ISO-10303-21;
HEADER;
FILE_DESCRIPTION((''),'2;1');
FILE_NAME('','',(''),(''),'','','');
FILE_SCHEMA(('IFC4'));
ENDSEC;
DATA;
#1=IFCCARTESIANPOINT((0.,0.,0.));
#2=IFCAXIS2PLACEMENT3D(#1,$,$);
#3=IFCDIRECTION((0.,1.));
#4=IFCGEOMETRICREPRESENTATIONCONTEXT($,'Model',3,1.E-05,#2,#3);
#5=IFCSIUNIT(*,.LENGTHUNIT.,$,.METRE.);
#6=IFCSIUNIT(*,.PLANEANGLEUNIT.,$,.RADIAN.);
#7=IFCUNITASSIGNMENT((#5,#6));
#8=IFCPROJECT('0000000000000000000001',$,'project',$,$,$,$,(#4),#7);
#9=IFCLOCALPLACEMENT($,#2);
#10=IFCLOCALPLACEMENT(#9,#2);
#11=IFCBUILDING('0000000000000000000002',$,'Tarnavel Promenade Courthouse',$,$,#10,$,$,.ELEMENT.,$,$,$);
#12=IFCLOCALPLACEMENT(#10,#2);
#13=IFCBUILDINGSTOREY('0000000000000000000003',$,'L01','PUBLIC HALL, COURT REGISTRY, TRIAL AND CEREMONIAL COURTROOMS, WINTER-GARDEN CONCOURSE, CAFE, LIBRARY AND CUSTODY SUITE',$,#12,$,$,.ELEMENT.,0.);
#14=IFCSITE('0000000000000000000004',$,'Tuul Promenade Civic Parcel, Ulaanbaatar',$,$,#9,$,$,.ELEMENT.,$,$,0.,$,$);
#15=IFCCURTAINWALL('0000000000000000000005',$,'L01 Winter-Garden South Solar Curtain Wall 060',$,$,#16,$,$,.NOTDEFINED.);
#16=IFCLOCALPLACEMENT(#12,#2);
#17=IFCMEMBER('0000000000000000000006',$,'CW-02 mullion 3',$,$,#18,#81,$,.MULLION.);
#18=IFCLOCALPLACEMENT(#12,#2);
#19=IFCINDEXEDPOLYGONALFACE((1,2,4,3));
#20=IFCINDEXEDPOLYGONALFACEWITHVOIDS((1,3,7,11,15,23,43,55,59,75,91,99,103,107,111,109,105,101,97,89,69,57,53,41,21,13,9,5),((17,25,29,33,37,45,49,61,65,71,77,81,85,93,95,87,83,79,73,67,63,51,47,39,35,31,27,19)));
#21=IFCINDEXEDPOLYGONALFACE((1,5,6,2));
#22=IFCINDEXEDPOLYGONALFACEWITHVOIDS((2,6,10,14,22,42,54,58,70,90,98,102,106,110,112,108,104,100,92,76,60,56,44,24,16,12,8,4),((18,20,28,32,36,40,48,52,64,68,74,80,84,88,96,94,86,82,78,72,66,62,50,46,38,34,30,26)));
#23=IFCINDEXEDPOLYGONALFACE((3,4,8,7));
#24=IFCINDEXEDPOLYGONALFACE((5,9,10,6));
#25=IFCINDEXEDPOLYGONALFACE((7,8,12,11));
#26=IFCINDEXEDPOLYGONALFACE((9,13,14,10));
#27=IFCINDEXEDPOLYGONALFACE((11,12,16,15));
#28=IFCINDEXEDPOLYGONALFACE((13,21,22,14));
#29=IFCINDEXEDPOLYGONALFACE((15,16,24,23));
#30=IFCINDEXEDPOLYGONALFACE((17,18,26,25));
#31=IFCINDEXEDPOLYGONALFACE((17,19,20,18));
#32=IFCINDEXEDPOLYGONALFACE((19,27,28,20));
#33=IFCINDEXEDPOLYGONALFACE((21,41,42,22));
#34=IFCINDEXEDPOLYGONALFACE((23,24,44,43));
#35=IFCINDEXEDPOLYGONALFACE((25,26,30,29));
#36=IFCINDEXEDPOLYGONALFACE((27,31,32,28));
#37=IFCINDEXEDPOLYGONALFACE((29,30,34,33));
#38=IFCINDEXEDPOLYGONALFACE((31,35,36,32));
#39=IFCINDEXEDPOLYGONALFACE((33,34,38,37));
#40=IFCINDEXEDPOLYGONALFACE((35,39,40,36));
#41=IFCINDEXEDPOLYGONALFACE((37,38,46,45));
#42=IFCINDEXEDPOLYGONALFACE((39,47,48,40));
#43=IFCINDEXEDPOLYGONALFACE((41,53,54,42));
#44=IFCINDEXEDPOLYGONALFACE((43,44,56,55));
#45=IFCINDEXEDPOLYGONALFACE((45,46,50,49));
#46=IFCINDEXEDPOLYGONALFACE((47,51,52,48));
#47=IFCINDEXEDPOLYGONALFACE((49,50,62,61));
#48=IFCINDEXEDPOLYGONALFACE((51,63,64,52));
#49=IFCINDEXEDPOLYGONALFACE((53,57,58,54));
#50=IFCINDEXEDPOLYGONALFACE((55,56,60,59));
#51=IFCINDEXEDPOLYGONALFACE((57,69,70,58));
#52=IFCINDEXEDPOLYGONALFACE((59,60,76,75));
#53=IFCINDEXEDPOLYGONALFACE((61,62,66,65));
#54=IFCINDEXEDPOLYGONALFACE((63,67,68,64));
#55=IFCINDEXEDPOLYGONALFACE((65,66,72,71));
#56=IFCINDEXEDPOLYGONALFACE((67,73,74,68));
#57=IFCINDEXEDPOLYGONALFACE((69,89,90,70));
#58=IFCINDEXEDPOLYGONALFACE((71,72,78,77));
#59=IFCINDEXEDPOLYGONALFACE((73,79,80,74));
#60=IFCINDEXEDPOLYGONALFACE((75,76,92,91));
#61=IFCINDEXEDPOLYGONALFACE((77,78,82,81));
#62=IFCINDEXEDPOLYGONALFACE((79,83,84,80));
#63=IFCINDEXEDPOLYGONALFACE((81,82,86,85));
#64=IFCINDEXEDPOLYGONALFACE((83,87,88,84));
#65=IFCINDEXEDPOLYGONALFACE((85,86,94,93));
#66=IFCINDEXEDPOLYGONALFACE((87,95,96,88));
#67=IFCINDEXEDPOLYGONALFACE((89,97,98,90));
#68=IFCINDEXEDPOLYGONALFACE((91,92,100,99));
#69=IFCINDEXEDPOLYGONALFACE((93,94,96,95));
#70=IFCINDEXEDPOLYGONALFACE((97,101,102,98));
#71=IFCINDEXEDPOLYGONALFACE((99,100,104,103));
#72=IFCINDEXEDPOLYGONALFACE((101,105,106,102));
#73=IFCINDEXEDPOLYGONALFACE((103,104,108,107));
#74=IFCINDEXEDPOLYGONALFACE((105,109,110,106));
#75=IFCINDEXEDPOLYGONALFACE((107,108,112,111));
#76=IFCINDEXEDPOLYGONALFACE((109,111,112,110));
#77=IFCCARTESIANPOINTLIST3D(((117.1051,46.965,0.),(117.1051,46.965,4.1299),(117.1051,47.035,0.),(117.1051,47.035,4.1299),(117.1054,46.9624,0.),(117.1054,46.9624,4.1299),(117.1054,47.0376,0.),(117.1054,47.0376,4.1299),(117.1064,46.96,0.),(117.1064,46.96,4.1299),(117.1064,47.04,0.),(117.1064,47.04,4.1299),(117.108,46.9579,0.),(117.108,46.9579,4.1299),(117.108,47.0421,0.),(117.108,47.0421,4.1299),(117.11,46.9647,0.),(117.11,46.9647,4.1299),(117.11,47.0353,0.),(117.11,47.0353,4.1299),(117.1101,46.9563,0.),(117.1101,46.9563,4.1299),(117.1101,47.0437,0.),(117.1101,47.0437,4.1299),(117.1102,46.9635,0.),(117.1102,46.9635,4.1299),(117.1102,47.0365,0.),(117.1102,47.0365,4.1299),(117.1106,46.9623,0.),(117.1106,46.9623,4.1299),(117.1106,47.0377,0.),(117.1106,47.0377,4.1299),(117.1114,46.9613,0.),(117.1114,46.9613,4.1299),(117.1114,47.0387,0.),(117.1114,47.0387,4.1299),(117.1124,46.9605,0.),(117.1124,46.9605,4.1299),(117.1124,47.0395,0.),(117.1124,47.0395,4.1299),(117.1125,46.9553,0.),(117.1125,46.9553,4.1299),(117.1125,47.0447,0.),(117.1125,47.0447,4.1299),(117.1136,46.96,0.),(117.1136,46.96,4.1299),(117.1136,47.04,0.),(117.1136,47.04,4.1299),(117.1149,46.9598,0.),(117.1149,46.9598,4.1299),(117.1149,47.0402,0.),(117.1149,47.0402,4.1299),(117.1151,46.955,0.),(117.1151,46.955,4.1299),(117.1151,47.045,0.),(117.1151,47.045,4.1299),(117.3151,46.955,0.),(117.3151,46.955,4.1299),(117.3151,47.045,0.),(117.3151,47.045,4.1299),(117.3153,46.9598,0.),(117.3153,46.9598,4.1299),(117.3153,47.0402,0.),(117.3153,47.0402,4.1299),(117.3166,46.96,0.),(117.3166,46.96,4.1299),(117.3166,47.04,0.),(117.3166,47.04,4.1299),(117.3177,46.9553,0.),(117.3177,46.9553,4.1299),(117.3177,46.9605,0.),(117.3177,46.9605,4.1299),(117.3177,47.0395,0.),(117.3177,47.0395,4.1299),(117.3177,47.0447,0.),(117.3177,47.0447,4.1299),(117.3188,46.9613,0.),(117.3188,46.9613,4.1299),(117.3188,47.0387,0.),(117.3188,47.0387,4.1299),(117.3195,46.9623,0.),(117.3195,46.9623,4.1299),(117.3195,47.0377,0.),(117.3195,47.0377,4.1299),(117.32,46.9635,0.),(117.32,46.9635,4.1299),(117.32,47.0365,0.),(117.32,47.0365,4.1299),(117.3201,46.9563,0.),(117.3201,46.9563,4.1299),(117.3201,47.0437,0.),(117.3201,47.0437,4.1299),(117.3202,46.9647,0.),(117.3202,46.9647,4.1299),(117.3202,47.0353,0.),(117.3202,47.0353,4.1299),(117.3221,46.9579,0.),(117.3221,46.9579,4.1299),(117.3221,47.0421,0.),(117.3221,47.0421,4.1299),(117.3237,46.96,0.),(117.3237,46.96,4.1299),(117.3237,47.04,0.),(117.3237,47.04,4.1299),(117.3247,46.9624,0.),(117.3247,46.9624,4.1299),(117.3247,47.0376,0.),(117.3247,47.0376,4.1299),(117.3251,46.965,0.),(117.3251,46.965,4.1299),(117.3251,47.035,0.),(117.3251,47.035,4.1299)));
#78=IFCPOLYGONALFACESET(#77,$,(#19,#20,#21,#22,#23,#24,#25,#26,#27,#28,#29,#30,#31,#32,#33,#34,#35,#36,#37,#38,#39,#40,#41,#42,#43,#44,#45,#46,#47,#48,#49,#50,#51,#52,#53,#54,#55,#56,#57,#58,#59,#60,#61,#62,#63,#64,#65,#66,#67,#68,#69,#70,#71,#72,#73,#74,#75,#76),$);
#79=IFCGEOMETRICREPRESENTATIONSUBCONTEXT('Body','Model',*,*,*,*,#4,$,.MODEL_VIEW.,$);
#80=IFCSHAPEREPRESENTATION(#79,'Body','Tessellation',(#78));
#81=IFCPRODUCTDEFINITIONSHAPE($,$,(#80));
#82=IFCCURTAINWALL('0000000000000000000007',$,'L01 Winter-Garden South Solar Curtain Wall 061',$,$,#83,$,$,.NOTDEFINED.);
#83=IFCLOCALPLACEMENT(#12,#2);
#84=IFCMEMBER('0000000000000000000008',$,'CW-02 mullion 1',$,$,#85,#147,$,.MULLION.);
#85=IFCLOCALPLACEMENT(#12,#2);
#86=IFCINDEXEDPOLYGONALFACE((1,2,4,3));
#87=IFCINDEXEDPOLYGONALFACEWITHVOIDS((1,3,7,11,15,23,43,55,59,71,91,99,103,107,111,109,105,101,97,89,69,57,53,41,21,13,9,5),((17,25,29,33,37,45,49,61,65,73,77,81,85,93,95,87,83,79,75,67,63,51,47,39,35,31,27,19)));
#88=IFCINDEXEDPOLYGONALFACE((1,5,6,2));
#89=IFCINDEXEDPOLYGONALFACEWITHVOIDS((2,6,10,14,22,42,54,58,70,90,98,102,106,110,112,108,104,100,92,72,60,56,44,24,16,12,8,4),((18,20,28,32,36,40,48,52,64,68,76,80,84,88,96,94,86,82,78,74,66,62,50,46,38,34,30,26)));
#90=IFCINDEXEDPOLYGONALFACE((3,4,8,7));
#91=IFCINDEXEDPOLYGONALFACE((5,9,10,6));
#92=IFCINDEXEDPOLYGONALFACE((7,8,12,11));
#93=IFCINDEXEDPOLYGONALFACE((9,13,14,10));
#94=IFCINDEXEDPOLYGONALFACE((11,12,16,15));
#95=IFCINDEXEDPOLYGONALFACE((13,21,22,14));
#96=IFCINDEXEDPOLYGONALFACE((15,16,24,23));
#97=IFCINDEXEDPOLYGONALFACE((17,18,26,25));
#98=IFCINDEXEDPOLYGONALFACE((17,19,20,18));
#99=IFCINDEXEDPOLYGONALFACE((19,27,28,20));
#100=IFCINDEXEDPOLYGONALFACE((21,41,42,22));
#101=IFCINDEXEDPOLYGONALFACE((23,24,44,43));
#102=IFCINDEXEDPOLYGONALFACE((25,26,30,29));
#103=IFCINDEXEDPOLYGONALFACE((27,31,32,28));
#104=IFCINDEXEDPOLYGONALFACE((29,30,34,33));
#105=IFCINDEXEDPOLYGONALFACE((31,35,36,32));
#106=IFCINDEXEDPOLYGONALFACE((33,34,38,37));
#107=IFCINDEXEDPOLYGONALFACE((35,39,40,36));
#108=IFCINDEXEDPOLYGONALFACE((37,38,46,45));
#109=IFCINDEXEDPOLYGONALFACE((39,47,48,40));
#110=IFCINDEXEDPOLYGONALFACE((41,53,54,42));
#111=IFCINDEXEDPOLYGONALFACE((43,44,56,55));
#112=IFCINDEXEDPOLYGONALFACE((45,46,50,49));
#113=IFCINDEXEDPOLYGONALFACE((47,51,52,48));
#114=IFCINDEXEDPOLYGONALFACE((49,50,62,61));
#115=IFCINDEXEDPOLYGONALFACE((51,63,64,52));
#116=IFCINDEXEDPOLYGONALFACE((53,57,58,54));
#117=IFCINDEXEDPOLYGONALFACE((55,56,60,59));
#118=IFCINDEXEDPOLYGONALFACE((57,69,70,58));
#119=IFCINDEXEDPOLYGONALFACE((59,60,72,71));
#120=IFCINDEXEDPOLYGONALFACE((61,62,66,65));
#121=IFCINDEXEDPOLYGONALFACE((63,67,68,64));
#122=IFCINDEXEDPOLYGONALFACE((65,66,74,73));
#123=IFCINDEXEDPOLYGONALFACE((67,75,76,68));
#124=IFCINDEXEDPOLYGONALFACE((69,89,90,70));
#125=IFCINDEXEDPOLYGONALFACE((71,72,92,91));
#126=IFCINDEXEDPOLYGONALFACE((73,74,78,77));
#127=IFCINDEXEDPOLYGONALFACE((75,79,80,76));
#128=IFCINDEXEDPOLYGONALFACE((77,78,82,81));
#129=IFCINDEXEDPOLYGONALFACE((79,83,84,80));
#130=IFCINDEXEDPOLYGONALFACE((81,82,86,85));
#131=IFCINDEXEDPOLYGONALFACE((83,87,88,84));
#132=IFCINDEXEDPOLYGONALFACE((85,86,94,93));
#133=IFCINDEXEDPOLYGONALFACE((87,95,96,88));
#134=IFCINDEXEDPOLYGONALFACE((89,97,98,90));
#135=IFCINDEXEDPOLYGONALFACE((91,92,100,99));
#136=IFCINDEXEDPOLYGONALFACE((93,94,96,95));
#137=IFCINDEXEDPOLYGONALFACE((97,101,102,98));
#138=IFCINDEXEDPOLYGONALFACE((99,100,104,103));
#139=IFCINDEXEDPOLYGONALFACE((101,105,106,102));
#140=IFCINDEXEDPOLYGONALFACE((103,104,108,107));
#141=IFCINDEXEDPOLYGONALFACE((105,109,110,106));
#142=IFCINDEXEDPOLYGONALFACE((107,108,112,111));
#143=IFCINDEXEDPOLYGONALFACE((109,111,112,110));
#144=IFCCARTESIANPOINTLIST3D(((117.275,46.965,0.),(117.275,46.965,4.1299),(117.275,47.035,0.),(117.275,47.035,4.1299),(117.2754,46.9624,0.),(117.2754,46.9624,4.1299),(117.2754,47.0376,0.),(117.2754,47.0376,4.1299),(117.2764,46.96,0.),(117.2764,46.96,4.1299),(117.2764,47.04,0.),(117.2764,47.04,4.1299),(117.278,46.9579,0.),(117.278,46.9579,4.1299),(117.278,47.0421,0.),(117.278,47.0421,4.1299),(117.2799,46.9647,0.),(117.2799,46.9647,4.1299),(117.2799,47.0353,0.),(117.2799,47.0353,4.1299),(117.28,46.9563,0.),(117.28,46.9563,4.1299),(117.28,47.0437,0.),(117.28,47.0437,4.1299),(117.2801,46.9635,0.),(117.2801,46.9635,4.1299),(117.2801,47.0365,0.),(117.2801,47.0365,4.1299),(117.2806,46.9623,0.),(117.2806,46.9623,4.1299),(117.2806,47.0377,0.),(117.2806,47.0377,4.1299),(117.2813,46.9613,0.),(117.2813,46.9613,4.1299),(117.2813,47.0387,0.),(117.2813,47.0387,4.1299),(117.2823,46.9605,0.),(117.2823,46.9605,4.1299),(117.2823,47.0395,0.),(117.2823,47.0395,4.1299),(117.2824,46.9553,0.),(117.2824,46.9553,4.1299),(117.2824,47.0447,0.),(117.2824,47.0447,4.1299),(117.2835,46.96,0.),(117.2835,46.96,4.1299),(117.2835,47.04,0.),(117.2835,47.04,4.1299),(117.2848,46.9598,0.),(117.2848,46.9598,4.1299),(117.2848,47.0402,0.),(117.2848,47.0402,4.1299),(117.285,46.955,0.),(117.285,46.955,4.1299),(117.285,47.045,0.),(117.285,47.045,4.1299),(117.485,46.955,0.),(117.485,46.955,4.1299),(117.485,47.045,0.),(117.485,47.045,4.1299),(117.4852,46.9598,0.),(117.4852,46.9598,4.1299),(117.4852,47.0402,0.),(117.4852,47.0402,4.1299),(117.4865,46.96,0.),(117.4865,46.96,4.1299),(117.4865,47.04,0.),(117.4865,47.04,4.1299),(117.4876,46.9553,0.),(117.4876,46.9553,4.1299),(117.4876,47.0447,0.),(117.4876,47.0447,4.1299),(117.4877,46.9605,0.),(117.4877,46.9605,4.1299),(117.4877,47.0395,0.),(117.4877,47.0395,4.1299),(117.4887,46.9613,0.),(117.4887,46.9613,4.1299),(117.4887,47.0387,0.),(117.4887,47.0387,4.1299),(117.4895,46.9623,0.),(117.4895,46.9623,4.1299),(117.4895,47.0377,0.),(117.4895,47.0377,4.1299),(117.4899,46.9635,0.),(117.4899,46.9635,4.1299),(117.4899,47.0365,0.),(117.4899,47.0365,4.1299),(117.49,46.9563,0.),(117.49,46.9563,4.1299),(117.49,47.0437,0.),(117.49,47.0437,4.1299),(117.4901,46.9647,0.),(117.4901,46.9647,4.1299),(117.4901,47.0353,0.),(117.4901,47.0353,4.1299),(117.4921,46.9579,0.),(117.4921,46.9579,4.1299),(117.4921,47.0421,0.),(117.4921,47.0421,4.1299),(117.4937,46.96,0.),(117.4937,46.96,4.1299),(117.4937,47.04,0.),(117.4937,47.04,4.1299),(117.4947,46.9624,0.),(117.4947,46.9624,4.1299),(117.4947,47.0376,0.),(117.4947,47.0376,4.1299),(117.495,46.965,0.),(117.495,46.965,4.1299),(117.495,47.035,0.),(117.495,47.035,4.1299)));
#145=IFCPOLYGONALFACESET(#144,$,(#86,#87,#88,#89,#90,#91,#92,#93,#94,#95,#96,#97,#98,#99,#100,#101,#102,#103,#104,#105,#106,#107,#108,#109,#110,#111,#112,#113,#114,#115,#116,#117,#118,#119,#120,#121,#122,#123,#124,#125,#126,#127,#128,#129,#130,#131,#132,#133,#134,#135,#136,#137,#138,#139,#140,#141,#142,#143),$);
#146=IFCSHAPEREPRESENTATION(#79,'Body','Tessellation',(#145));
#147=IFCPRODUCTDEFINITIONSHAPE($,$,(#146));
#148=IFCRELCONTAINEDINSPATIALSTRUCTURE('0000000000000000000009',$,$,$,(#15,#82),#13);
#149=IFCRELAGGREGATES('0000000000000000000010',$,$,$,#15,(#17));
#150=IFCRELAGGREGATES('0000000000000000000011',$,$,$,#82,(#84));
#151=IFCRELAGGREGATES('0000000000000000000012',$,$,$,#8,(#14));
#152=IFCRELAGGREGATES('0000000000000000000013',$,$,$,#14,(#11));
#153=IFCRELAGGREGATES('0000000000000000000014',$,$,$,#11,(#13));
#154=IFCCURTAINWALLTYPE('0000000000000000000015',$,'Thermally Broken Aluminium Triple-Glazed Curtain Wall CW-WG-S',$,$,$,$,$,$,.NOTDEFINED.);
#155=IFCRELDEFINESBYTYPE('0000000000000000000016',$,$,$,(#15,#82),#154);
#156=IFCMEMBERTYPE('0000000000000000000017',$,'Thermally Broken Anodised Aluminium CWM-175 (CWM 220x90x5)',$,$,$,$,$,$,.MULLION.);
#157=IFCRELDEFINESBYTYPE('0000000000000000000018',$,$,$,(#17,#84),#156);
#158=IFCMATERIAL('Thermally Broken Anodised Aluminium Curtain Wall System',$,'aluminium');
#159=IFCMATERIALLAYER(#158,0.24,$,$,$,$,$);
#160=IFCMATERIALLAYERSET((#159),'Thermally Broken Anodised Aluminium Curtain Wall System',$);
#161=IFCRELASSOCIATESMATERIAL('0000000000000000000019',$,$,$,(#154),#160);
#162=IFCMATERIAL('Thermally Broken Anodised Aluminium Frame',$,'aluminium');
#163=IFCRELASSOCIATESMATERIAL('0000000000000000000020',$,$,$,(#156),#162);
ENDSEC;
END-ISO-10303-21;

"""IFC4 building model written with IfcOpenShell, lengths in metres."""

from ifc_helpers import new_model, si_unit, direction, frame, origin, origin_2d, place, context, subcontext, project, spatial, hollow_rectangle, extrude, material, layer, layer_set, material_profile, profile_set, type_object, element, aggregate, save


model = new_model("IFC4")

# Units and contexts
model_context = context("Model", 3, precision=1e-05, world=origin(), true_north=direction((0.0, 1.0)))
body_context = subcontext(model_context, "Body", "Model", "MODEL_VIEW")
ifc_project = project(units=[si_unit("LENGTHUNIT", "METRE"), si_unit("PLANEANGLEUNIT", "RADIAN")], contexts=[model_context])

# Site, building, storey
site_placement = place(None, origin())
site = spatial("IfcSite", under=ifc_project, at=site_placement, Name="Tuul Promenade Civic Parcel, Ulaanbaatar", CompositionType="ELEMENT", RefElevation=0.0)
building_placement = place(site_placement, origin())
building = spatial("IfcBuilding", under=site, at=building_placement, Name="Tarnavel Promenade Courthouse", CompositionType="ELEMENT")
storey_placement = place(building_placement, origin())
storey = spatial("IfcBuildingStorey", under=building, at=storey_placement, Name="L01", Description="PUBLIC HALL, COURT REGISTRY, TRIAL AND CEREMONIAL COURTROOMS, WINTER-GARDEN CONCOURSE, CAFE, LIBRARY AND CUSTODY SUITE", CompositionType="ELEMENT", Elevation=0.0)

# Curtain walls, members
ifc_material_1 = material(Name="Thermally Broken Anodised Aluminium Curtain Wall System", Category="aluminium")
ifc_layer_1 = layer(ifc_material_1, 0.24)
ifc_layer_set_1 = layer_set([ifc_layer_1], Name="Thermally Broken Anodised Aluminium Curtain Wall System")
curtain_wall_type = type_object("IfcCurtainWallType", Name="Thermally Broken Aluminium Triple-Glazed Curtain Wall CW-WG-S", PredefinedType="NOTDEFINED", material=ifc_layer_set_1)
curtain_wall_1_placement = place(storey_placement, origin())
curtain_wall_1 = element("IfcCurtainWall", 1, at=curtain_wall_1_placement, inside=storey, type_object=curtain_wall_type, Name="L01 Winter-Garden South Solar Curtain Wall 060", PredefinedType="NOTDEFINED")
ifc_material_2 = material(Name="Thermally Broken Anodised Aluminium Frame", Category="aluminium")
ifc_material_profile_1 = material_profile(ifc_material_2, hollow_rectangle(XDim=0.0901, YDim=0.22, WallThickness=0.0049, InnerFilletRadius=0.0049, OuterFilletRadius=0.01, at=origin_2d()), Name="CWM 220x90x5")
ifc_profile_set_1 = profile_set([ifc_material_profile_1], Name="Thermally Broken Anodised Aluminium Frame")
member_type_1 = type_object("IfcMemberType", Name="Thermally Broken Anodised Aluminium CWM-175 (CWM 220x90x5)", PredefinedType="MULLION", material=ifc_profile_set_1)
member_1_placement = place(storey_placement, frame((117.2151, 47.0, 0.0), z_axis=(0.0, 0.0, 1.0), x_axis=(0.0, 1.0, 0.0)))
member_1 = element("IfcMember", 2, at=member_1_placement, type_object=member_type_1, Name="CW-02 mullion 3", PredefinedType="MULLION", context=body_context, shape_type="SweptSolid", body=[
    extrude(hollow_rectangle(XDim=0.0901, YDim=0.22, WallThickness=0.0049, InnerFilletRadius=0.0049, OuterFilletRadius=0.01, at=origin_2d()), origin(), (0.0, 0.0, 1.0), 4.1299),
])
curtain_wall_2_placement = place(storey_placement, origin())
curtain_wall_2 = element("IfcCurtainWall", 3, at=curtain_wall_2_placement, inside=storey, type_object=curtain_wall_type, Name="L01 Winter-Garden South Solar Curtain Wall 061", PredefinedType="NOTDEFINED")
member_2_placement = place(storey_placement, frame((117.385, 47.0, 0.0), z_axis=(0.0, 0.0, 1.0), x_axis=(0.0, 1.0, 0.0)))
member_2 = element("IfcMember", 4, at=member_2_placement, type_object=member_type_1, Name="CW-02 mullion 1", PredefinedType="MULLION", context=body_context, shape_type="SweptSolid", body=[
    extrude(hollow_rectangle(XDim=0.0901, YDim=0.22, WallThickness=0.0049, InnerFilletRadius=0.0049, OuterFilletRadius=0.01, at=origin_2d()), origin(), (0.0, 0.0, 1.0), 4.1299),
])

aggregate(curtain_wall_1, [member_1])
aggregate(curtain_wall_2, [member_2])

save(model, "model.ifc")
